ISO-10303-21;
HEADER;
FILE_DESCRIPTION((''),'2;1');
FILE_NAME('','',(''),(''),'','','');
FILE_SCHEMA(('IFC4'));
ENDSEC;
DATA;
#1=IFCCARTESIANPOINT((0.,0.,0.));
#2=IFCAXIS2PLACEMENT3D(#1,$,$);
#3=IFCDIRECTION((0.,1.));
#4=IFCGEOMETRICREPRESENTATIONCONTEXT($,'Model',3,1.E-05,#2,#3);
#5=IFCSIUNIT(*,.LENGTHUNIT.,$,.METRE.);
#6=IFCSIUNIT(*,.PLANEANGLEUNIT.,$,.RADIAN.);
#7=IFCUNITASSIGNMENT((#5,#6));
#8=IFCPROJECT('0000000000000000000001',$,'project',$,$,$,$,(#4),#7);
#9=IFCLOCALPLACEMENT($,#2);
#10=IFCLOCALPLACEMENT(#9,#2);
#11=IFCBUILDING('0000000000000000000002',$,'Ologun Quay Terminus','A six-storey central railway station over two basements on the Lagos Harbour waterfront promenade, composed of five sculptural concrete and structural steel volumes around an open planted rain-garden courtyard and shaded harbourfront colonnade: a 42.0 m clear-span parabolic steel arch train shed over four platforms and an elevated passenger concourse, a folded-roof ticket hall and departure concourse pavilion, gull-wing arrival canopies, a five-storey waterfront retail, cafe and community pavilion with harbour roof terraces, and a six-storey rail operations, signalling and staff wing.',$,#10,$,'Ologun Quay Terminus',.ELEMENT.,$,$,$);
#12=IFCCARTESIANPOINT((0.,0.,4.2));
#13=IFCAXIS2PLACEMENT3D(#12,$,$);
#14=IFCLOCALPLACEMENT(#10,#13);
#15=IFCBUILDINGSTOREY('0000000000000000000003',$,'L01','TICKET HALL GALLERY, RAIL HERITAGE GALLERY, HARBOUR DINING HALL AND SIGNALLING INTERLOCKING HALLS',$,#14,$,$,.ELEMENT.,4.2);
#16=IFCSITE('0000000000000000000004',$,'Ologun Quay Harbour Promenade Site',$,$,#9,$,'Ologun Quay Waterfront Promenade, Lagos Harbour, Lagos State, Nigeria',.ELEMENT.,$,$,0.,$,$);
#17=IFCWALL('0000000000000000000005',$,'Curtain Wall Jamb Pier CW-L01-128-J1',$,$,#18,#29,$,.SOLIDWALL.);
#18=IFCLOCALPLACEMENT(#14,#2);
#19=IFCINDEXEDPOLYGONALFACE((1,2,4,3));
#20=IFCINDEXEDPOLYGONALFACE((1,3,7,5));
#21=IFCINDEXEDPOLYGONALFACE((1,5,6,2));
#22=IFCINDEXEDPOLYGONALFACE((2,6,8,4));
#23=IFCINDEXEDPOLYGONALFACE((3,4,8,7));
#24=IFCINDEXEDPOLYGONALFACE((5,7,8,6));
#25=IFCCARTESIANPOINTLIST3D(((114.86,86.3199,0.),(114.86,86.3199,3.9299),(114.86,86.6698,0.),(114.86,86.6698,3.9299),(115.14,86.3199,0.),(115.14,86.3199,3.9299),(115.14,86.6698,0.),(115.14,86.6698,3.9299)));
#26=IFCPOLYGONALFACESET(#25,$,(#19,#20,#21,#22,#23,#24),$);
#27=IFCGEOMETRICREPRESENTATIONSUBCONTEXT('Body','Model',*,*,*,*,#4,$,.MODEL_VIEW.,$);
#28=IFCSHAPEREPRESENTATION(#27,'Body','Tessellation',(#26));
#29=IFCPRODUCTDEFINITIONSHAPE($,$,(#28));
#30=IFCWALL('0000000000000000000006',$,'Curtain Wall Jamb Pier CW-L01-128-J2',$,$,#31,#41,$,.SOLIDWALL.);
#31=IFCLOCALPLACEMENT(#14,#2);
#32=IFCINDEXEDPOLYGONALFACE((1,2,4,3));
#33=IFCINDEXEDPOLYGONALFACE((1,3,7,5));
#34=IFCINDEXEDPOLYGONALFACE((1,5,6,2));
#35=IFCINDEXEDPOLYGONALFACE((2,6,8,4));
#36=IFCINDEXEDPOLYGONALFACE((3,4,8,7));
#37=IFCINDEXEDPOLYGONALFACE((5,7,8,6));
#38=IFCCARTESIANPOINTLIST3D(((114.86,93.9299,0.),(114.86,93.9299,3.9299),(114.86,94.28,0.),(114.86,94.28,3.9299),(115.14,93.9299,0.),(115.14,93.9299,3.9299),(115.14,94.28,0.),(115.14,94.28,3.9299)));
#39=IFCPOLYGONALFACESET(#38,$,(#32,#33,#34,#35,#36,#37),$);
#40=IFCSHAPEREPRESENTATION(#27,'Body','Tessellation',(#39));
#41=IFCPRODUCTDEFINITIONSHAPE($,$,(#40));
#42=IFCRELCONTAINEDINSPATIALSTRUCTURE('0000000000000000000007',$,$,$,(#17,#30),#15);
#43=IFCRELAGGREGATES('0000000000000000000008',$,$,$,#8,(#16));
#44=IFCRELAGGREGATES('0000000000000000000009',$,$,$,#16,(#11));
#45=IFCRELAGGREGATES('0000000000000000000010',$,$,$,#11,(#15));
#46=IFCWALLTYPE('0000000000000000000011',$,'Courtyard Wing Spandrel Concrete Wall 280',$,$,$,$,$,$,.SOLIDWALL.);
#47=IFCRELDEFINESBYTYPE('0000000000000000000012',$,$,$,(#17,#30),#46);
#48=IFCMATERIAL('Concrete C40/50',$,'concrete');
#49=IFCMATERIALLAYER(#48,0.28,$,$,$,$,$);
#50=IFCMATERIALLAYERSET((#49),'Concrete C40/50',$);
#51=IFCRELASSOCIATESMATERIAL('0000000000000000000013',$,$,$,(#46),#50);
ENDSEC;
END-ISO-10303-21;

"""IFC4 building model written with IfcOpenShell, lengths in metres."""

from ifc_helpers import new_model, si_unit, direction, frame, frame_2d, origin, place, context, subcontext, project, spatial, rectangle, extrude, material, layer, layer_set, type_object, element, save


model = new_model("IFC4")

# Units and contexts
model_context = context("Model", 3, precision=1e-05, world=origin(), true_north=direction((0.0, 1.0)))
body_context = subcontext(model_context, "Body", "Model", "MODEL_VIEW")
ifc_project = project(units=[si_unit("LENGTHUNIT", "METRE"), si_unit("PLANEANGLEUNIT", "RADIAN")], contexts=[model_context])

# Site, building, storey
site_placement = place(None, origin())
site = spatial("IfcSite", under=ifc_project, at=site_placement, Name="Ologun Quay Harbour Promenade Site", LongName="Ologun Quay Waterfront Promenade, Lagos Harbour, Lagos State, Nigeria", CompositionType="ELEMENT", RefElevation=0.0)
building_placement = place(site_placement, origin())
building = spatial("IfcBuilding", under=site, at=building_placement, Name="Ologun Quay Terminus", Description="A six-storey central railway station over two basements on the Lagos Harbour waterfront promenade, composed of five sculptural concrete and structural steel volumes around an open planted rain-garden courtyard and shaded harbourfront colonnade: a 42.0 m clear-span parabolic steel arch train shed over four platforms and an elevated passenger concourse, a folded-roof ticket hall and departure concourse pavilion, gull-wing arrival canopies, a five-storey waterfront retail, cafe and community pavilion with harbour roof terraces, and a six-storey rail operations, signalling and staff wing.", LongName="Ologun Quay Terminus", CompositionType="ELEMENT")
storey_placement = place(building_placement, frame((0.0, 0.0, 4.2)))
storey = spatial("IfcBuildingStorey", under=building, at=storey_placement, Name="L01", Description="TICKET HALL GALLERY, RAIL HERITAGE GALLERY, HARBOUR DINING HALL AND SIGNALLING INTERLOCKING HALLS", CompositionType="ELEMENT", Elevation=4.2)

# Walls
ifc_material_1 = material(Name="Concrete C40/50", Category="concrete")
ifc_layer_1 = layer(ifc_material_1, 0.28)
ifc_layer_set_1 = layer_set([ifc_layer_1], Name="Concrete C40/50")
wall_type = type_object("IfcWallType", Name="Courtyard Wing Spandrel Concrete Wall 280", PredefinedType="SOLIDWALL", material=ifc_layer_set_1)
wall_1_placement = place(storey_placement, frame((115.0, 86.3201, 0.0), z_axis=(0.0, 0.0, 1.0), x_axis=(0.0, 1.0, 0.0)))
element("IfcWall", 1, at=wall_1_placement, inside=storey, type_object=wall_type, Name="Curtain Wall Jamb Pier CW-L01-128-J1", PredefinedType="SOLIDWALL", context=body_context, shape_type="SweptSolid", body=[
    extrude(rectangle(XDim=0.3499, YDim=0.28, at=frame_2d((0.1748, 0.0))), origin(), (0.0, 0.0, 1.0), 3.9299),
])
wall_2_placement = place(storey_placement, frame((115.0, 93.9299, 0.0), z_axis=(0.0, 0.0, 1.0), x_axis=(0.0, 1.0, 0.0)))
element("IfcWall", 2, at=wall_2_placement, inside=storey, type_object=wall_type, Name="Curtain Wall Jamb Pier CW-L01-128-J2", PredefinedType="SOLIDWALL", context=body_context, shape_type="SweptSolid", body=[
    extrude(rectangle(XDim=0.3501, YDim=0.28, at=frame_2d((0.175, 0.0))), origin(), (0.0, 0.0, 1.0), 3.9299),
])

save(model, "model.ifc")
